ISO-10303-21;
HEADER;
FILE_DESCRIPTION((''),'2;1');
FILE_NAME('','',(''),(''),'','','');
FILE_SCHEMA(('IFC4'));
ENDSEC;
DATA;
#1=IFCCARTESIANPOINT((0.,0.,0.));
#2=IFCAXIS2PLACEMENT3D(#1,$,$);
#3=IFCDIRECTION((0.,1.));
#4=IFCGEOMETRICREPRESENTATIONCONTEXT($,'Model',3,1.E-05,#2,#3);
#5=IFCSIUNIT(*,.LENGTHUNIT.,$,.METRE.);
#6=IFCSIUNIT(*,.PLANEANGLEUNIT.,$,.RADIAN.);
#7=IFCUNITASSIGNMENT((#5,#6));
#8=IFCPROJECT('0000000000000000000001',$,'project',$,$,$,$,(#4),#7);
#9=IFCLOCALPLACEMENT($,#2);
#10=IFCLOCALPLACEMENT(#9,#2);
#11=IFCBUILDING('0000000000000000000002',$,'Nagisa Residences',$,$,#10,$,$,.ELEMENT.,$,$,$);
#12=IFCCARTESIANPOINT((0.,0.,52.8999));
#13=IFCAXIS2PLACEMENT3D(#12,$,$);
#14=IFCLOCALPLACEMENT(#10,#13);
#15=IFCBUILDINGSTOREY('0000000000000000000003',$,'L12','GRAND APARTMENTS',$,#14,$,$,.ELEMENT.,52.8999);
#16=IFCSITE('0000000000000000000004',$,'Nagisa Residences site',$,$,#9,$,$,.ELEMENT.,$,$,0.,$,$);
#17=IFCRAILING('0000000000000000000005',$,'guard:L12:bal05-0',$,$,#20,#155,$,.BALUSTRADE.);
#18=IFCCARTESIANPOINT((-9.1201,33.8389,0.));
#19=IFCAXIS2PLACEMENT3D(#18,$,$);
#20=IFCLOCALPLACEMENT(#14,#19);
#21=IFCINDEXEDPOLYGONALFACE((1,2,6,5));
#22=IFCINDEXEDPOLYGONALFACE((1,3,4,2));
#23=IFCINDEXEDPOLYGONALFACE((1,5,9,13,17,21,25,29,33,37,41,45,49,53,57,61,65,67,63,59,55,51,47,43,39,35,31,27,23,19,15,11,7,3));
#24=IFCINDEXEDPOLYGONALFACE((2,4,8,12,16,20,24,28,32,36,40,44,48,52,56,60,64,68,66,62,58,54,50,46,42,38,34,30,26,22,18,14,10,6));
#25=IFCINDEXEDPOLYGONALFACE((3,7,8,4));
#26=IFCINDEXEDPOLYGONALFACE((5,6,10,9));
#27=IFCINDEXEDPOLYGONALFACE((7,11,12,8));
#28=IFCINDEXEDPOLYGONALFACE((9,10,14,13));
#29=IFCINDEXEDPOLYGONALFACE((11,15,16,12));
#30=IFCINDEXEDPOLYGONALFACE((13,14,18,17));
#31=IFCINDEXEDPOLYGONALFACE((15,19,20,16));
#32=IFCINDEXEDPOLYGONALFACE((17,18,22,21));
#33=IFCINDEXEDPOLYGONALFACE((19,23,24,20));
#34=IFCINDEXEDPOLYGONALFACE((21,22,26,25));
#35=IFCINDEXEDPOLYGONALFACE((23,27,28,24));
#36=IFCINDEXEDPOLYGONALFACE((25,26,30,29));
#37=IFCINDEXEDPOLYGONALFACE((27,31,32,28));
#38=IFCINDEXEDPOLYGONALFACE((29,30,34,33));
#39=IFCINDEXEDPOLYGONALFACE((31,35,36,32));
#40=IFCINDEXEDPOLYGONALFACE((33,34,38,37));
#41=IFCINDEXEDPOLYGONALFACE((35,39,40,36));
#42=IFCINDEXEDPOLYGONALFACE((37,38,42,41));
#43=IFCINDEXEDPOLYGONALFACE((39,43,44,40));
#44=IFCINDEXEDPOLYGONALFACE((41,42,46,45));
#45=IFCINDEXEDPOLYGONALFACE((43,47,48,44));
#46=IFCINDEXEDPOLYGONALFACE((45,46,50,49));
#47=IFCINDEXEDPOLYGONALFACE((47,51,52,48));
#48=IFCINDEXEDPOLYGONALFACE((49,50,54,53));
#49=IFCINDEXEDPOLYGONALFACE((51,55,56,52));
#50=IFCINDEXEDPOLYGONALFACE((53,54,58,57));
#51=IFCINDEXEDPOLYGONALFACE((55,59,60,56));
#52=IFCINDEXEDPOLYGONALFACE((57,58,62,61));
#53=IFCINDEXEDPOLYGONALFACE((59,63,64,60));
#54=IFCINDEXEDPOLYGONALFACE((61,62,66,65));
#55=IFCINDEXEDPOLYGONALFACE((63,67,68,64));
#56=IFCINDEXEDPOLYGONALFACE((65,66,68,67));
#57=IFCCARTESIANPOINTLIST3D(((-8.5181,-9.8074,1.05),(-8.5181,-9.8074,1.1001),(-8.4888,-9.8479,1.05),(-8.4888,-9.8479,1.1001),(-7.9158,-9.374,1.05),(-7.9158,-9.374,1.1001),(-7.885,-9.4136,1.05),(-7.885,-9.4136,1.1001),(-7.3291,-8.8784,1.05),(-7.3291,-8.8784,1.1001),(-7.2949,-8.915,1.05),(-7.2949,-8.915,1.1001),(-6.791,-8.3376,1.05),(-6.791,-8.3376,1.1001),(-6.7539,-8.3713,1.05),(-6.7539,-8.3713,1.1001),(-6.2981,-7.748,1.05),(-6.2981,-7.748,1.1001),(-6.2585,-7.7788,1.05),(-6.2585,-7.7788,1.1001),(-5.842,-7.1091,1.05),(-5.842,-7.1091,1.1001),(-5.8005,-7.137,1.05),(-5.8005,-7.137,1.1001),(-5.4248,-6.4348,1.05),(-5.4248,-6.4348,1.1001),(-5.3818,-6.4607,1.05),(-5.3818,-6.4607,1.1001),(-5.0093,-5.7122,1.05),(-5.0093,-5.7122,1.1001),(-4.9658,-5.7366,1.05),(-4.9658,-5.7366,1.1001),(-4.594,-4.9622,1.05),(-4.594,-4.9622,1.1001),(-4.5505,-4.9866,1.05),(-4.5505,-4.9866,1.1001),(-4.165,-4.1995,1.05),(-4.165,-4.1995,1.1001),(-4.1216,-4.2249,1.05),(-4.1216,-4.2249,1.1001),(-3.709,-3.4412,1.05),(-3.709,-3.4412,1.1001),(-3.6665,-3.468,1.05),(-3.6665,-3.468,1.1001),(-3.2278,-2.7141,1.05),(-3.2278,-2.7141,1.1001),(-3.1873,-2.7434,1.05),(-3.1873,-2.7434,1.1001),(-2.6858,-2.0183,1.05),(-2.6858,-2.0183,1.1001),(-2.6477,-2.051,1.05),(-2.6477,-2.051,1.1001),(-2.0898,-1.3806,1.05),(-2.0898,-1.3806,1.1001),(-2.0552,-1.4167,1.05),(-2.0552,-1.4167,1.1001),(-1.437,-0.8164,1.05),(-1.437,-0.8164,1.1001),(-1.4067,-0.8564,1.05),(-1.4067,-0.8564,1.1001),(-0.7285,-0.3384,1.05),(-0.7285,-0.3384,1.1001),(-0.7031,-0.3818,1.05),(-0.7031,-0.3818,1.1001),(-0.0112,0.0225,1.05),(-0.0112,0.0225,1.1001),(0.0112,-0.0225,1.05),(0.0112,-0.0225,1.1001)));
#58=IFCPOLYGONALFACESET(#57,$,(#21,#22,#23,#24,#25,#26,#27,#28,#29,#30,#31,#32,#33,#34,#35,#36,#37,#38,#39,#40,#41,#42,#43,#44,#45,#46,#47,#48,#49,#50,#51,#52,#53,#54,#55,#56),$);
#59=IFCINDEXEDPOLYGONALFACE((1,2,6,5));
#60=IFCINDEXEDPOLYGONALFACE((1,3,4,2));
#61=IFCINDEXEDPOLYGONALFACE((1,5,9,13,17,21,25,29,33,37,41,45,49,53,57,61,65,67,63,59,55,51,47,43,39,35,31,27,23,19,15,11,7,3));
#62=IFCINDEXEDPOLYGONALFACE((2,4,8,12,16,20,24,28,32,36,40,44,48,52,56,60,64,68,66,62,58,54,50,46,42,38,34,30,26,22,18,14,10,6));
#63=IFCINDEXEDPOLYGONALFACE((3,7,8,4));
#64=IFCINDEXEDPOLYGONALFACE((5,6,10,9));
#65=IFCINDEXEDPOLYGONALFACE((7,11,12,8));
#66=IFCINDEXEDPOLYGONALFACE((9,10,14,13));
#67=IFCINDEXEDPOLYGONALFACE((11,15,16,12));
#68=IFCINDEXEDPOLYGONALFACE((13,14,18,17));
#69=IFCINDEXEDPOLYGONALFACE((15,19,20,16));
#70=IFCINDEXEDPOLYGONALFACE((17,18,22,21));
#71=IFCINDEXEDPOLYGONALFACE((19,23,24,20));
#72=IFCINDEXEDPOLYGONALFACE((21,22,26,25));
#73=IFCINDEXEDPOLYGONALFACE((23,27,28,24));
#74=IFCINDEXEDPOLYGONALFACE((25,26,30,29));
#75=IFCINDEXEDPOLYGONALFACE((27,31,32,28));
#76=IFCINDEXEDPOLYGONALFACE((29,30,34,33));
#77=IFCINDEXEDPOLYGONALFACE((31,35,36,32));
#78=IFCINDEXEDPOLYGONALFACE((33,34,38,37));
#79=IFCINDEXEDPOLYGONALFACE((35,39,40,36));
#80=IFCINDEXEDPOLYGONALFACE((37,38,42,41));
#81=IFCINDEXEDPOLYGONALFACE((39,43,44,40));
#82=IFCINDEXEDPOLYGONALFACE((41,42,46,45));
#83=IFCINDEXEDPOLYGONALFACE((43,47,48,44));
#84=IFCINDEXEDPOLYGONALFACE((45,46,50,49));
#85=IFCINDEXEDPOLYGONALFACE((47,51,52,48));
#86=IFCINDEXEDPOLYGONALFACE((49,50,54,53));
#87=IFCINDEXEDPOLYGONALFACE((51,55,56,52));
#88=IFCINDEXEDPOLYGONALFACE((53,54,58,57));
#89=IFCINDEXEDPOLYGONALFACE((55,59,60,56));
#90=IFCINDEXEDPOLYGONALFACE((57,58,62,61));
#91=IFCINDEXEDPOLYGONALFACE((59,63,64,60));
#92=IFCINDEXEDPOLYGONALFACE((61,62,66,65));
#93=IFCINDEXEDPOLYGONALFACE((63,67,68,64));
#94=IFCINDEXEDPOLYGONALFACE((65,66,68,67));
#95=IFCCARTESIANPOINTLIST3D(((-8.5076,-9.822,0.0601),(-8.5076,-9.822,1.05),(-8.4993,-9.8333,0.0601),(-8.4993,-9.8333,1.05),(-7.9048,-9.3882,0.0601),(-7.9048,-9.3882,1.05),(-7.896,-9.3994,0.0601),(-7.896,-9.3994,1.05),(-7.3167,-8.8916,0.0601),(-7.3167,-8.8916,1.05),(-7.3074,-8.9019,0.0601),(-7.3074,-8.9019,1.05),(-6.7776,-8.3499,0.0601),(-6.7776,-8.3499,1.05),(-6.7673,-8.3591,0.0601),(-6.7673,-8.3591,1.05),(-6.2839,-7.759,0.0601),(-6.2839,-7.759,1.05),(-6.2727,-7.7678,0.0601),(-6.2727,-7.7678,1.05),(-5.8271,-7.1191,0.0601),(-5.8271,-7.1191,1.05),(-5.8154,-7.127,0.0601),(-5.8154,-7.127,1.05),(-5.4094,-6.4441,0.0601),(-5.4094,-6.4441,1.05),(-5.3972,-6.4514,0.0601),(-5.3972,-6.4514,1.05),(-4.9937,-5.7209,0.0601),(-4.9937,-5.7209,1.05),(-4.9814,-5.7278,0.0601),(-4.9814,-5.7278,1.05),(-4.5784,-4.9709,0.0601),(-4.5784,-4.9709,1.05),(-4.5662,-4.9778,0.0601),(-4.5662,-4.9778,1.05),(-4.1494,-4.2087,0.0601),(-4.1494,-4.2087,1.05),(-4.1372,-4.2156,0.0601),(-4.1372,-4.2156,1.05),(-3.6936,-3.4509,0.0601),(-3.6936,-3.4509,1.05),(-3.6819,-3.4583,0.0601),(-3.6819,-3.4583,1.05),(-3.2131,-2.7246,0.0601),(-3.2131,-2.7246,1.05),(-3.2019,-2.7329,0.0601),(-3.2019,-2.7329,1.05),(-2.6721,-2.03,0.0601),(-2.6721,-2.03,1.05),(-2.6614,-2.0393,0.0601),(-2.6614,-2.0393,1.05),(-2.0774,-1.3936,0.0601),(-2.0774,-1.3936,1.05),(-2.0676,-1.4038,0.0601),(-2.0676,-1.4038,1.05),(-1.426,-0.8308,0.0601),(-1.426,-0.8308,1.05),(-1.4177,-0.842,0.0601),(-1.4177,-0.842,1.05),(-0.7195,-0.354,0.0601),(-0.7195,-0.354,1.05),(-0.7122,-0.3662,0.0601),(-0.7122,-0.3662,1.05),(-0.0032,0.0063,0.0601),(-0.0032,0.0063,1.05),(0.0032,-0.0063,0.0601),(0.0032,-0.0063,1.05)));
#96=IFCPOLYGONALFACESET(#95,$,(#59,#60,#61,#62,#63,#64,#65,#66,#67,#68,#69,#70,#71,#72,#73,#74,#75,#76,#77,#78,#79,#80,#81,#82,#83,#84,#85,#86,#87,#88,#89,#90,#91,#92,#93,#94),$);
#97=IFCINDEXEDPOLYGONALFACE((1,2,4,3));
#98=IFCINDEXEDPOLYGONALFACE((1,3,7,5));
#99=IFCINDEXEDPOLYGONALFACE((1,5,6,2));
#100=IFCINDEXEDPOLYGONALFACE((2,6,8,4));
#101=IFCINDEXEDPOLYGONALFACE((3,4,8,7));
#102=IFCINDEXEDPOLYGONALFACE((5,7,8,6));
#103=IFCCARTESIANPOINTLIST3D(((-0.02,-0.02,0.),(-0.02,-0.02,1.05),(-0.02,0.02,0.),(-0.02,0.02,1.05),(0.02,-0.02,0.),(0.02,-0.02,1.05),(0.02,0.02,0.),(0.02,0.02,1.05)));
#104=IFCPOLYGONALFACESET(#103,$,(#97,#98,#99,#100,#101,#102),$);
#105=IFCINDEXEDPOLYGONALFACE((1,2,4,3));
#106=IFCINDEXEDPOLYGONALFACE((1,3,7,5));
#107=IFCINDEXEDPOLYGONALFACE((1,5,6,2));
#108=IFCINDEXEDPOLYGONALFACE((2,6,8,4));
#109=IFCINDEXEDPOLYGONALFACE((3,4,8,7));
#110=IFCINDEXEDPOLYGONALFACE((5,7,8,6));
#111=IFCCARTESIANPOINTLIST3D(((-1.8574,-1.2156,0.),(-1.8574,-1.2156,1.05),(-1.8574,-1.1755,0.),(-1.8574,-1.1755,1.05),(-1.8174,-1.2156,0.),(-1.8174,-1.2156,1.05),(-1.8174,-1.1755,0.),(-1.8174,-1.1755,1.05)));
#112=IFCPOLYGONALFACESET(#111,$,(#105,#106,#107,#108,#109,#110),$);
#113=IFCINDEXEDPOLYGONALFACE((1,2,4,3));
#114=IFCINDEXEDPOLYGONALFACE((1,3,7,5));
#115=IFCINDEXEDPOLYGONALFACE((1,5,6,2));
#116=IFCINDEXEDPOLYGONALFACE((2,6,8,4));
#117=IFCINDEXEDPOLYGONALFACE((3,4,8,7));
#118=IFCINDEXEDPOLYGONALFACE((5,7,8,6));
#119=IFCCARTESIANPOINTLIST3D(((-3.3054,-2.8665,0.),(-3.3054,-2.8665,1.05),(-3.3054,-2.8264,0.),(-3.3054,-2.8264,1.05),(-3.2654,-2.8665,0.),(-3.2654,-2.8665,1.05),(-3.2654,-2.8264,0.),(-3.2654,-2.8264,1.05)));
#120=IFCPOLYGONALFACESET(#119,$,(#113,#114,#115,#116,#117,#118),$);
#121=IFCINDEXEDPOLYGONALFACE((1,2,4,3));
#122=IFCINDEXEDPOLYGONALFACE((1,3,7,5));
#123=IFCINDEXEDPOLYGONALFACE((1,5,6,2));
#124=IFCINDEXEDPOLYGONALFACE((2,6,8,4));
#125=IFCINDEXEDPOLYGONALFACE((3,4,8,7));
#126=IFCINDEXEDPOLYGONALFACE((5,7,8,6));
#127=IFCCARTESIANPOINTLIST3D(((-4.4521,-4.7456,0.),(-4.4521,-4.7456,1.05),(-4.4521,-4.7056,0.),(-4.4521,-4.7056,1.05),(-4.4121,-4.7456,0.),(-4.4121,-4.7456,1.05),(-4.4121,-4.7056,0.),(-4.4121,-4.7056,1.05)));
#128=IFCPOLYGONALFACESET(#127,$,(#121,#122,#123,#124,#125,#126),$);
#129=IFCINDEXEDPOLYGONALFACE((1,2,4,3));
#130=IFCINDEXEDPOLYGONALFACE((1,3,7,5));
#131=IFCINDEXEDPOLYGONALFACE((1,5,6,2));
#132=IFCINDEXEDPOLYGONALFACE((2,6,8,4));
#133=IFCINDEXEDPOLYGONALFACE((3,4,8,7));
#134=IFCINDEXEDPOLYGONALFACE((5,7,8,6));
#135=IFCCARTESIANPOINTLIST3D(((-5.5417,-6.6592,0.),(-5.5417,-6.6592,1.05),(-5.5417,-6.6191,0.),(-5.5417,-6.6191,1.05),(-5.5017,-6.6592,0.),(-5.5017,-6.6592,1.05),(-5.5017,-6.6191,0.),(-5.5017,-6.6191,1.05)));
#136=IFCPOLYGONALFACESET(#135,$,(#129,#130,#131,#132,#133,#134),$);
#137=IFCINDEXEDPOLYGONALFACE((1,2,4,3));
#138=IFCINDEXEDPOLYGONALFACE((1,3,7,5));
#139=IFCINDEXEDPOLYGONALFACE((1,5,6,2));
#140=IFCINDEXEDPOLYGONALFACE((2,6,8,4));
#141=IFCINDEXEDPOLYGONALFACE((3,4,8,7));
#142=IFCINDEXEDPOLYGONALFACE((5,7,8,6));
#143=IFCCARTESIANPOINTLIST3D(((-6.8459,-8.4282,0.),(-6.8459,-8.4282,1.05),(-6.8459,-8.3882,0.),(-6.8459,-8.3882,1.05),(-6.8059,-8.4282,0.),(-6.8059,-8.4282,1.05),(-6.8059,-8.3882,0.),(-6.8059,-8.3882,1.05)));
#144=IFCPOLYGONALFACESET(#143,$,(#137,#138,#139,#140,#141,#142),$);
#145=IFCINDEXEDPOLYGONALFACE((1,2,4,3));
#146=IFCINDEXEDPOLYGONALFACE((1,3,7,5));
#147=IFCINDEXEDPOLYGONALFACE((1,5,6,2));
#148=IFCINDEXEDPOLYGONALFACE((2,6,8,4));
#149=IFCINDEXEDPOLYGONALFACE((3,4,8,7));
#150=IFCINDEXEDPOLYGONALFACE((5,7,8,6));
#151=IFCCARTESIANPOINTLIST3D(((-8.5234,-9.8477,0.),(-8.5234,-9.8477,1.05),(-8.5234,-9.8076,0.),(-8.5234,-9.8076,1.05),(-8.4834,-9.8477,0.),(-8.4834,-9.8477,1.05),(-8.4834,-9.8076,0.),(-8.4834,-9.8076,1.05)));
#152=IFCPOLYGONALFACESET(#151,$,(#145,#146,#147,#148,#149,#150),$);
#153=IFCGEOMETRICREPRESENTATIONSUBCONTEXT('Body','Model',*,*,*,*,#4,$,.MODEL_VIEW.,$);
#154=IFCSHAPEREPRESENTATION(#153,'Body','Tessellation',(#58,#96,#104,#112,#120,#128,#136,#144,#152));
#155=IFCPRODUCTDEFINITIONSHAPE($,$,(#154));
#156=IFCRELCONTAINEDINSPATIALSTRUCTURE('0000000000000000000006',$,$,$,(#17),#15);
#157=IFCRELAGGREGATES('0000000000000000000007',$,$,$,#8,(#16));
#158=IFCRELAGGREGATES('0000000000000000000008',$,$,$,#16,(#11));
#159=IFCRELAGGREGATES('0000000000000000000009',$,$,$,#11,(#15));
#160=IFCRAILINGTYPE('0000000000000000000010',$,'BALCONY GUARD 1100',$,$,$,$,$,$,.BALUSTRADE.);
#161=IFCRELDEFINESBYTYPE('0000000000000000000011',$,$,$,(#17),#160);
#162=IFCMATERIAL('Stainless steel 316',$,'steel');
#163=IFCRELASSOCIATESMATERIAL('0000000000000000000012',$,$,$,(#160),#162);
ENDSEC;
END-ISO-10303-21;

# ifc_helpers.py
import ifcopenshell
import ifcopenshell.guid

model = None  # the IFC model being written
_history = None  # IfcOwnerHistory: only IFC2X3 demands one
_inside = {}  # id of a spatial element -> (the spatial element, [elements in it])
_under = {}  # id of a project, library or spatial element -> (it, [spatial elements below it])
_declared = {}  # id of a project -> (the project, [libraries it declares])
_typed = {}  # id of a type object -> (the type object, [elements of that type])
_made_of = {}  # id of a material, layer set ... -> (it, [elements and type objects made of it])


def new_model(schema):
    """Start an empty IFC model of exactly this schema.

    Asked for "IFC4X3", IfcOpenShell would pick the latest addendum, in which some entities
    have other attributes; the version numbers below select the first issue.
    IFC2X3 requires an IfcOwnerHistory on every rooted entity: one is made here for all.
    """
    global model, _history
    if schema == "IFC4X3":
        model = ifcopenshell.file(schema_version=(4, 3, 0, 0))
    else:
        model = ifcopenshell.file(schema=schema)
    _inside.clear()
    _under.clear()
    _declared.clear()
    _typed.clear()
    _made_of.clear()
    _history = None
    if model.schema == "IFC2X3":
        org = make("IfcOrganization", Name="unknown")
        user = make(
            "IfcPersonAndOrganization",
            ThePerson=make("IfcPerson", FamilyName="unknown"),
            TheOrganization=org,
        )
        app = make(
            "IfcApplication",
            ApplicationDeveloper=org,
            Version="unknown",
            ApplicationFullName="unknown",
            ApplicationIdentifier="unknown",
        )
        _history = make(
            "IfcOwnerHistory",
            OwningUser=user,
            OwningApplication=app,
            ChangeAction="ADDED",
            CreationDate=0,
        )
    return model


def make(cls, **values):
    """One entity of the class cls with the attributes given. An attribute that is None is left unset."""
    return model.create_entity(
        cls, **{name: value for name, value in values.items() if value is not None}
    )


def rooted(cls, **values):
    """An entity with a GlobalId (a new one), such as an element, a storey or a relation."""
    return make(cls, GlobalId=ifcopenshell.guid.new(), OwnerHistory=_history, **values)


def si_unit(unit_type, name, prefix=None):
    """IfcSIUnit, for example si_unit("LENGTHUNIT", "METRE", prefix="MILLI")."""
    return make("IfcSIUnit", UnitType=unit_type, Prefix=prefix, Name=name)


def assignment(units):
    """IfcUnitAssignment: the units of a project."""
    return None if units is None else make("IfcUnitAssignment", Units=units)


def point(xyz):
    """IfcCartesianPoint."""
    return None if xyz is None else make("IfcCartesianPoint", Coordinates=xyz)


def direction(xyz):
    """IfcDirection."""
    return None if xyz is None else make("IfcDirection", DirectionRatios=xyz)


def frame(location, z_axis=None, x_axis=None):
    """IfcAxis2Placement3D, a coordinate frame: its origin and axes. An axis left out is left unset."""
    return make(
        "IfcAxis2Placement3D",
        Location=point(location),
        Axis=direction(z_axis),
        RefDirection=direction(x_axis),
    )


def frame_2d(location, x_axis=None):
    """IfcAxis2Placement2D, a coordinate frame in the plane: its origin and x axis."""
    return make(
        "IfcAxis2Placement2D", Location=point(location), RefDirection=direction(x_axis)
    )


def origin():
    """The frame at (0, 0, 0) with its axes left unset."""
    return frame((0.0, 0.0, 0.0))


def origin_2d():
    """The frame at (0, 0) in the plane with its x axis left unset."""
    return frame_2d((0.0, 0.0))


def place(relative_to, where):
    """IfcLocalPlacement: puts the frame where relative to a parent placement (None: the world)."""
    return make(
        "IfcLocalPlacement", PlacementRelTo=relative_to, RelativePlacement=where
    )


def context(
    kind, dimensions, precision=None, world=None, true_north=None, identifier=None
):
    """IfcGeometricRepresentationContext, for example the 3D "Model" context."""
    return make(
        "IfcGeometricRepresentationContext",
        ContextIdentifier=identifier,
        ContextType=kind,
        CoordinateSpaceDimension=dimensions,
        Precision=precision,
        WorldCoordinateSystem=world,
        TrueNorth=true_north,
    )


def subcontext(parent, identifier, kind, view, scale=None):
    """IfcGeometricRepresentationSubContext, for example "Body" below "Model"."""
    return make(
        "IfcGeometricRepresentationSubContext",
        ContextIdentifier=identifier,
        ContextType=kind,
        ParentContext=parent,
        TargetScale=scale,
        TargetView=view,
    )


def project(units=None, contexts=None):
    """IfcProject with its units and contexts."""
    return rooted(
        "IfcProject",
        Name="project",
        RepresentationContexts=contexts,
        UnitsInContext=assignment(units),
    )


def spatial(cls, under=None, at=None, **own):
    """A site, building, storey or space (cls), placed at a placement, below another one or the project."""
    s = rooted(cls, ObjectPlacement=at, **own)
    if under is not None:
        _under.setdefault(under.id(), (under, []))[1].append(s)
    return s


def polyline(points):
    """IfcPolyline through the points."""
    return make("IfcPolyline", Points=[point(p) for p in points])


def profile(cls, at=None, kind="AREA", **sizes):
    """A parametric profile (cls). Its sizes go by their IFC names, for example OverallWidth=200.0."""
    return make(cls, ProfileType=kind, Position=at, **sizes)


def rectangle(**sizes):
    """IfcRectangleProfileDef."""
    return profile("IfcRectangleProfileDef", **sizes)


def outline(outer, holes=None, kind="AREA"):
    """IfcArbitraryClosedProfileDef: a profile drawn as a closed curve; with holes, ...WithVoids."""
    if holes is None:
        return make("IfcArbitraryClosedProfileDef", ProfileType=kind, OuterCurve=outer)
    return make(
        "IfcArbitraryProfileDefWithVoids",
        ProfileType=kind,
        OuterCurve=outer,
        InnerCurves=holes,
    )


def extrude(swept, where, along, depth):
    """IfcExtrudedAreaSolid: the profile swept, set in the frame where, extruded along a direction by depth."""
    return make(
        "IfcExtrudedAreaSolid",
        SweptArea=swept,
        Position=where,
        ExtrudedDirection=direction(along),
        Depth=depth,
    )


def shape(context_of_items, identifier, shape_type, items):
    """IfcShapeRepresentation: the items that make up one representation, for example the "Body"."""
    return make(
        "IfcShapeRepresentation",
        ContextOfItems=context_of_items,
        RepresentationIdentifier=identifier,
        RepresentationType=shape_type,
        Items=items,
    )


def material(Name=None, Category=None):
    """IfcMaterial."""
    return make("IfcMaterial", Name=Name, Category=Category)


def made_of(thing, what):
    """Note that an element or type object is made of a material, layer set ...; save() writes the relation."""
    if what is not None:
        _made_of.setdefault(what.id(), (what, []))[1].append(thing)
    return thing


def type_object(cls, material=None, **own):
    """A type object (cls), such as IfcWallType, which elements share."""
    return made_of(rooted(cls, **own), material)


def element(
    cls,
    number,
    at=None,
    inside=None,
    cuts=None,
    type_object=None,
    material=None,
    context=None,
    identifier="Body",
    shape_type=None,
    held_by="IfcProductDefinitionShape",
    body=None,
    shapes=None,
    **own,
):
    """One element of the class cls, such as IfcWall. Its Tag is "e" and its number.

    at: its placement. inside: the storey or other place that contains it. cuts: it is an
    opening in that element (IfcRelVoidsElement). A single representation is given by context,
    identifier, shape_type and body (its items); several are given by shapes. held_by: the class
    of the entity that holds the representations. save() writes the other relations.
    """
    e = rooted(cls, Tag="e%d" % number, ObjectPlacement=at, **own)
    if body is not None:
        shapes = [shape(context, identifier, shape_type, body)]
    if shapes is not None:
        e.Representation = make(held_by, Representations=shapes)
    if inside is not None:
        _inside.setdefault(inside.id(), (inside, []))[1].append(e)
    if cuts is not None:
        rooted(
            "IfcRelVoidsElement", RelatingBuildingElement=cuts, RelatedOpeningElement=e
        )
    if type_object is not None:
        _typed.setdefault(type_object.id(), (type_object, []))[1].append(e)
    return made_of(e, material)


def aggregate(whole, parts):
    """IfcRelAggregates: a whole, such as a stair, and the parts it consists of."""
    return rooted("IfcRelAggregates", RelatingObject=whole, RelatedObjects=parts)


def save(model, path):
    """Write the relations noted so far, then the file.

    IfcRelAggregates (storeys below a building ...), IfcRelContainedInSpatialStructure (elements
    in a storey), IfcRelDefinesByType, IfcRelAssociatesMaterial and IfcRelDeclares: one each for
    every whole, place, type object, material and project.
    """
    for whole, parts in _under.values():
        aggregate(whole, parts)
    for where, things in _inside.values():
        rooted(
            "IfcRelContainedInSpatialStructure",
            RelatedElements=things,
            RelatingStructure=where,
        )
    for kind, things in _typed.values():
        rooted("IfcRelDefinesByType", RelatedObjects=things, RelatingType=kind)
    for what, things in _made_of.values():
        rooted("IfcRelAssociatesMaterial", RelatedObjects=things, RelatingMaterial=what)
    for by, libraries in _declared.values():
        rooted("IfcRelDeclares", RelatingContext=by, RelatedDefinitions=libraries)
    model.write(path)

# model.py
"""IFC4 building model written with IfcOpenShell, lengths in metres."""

from ifc_helpers import new_model, si_unit, direction, frame, origin, origin_2d, place, context, subcontext, project, spatial, polyline, rectangle, outline, extrude, material, type_object, element, save


model = new_model("IFC4")

# Units and contexts
model_context = context("Model", 3, precision=1e-05, world=origin(), true_north=direction((0.0, 1.0)))
body_context = subcontext(model_context, "Body", "Model", "MODEL_VIEW")
ifc_project = project(units=[si_unit("LENGTHUNIT", "METRE"), si_unit("PLANEANGLEUNIT", "RADIAN")], contexts=[model_context])

# Site, building, storey
site_placement = place(None, origin())
site = spatial("IfcSite", under=ifc_project, at=site_placement, Name="Nagisa Residences site", CompositionType="ELEMENT", RefElevation=0.0)
building_placement = place(site_placement, origin())
building = spatial("IfcBuilding", under=site, at=building_placement, Name="Nagisa Residences", CompositionType="ELEMENT")
storey_placement = place(building_placement, frame((0.0, 0.0, 52.8999)))
storey = spatial("IfcBuildingStorey", under=building, at=storey_placement, Name="L12", Description="GRAND APARTMENTS", CompositionType="ELEMENT", Elevation=52.8999)

# Railing
ifc_material_1 = material(Name="Stainless steel 316", Category="steel")
railing_type = type_object("IfcRailingType", Name="BALCONY GUARD 1100", PredefinedType="BALUSTRADE", material=ifc_material_1)
railing_placement = place(storey_placement, frame((-9.1201, 33.8389, 0.0)))
element("IfcRailing", 1, at=railing_placement, inside=storey, type_object=railing_type, Name="guard:L12:bal05-0", PredefinedType="BALUSTRADE", context=body_context, shape_type="SweptSolid", body=[
    extrude(outline(polyline([(-0.7031, -0.3818), (0.0112, -0.0225), (-0.0112, 0.0225), (-0.7285, -0.3384), (-1.437, -0.8164), (-2.0898, -1.3806), (-2.6858, -2.0183), (-3.2278, -2.7141), (-3.709, -3.4412), (-4.165, -4.1995), (-4.594, -4.9622), (-5.0093, -5.7122), (-5.4248, -6.4348), (-5.842, -7.1091), (-6.2981, -7.748), (-6.791, -8.3376), (-7.3291, -8.8784), (-7.9158, -9.374), (-8.5181, -9.8074), (-8.4888, -9.8479), (-7.885, -9.4136), (-7.2949, -8.915), (-6.7539, -8.3713), (-6.2585, -7.7788), (-5.8005, -7.137), (-5.3818, -6.4607), (-4.9658, -5.7366), (-4.5505, -4.9866), (-4.1216, -4.2249), (-3.6665, -3.468), (-3.1873, -2.7434), (-2.6477, -2.051), (-2.0552, -1.4167), (-1.4067, -0.8564), (-0.7031, -0.3818)])), frame((0.0, 0.0, 1.05)), (0.0, 0.0, 1.0), 0.05),
    extrude(outline(polyline([(-0.7122, -0.3662), (0.0032, -0.0063), (-0.0032, 0.0063), (-0.7195, -0.354), (-1.426, -0.8308), (-2.0774, -1.3936), (-2.6721, -2.03), (-3.2131, -2.7246), (-3.6936, -3.4509), (-4.1494, -4.2087), (-4.5784, -4.9709), (-4.9937, -5.7209), (-5.4094, -6.4441), (-5.8271, -7.1191), (-6.2839, -7.759), (-6.7776, -8.3499), (-7.3167, -8.8916), (-7.9048, -9.3882), (-8.5076, -9.822), (-8.4993, -9.8333), (-7.896, -9.3994), (-7.3074, -8.9019), (-6.7673, -8.3591), (-6.2727, -7.7678), (-5.8154, -7.127), (-5.3972, -6.4514), (-4.9814, -5.7278), (-4.5662, -4.9778), (-4.1372, -4.2156), (-3.6819, -3.4583), (-3.2019, -2.7329), (-2.6614, -2.0393), (-2.0676, -1.4038), (-1.4177, -0.842), (-0.7122, -0.3662)])), frame((0.0, 0.0, 0.0601)), (0.0, 0.0, 1.0), 0.99),
    extrude(rectangle(XDim=0.04, YDim=0.04, at=origin_2d()), origin(), (0.0, 0.0, 1.0), 1.05),
    extrude(rectangle(XDim=0.04, YDim=0.04, at=origin_2d()), frame((-1.8374, -1.1956, 0.0)), (0.0, 0.0, 1.0), 1.05),
    extrude(rectangle(XDim=0.04, YDim=0.04, at=origin_2d()), frame((-3.2854, -2.8464, 0.0)), (0.0, 0.0, 1.0), 1.05),
    extrude(rectangle(XDim=0.04, YDim=0.04, at=origin_2d()), frame((-4.4321, -4.7256, 0.0)), (0.0, 0.0, 1.0), 1.05),
    extrude(rectangle(XDim=0.04, YDim=0.04, at=origin_2d()), frame((-5.5217, -6.6392, 0.0)), (0.0, 0.0, 1.0), 1.05),
    extrude(rectangle(XDim=0.04, YDim=0.04, at=origin_2d()), frame((-6.8259, -8.4082, 0.0)), (0.0, 0.0, 1.0), 1.05),
    extrude(rectangle(XDim=0.04, YDim=0.04, at=origin_2d()), frame((-8.5034, -9.8276, 0.0)), (0.0, 0.0, 1.0), 1.05),
])

save(model, "model.ifc")
